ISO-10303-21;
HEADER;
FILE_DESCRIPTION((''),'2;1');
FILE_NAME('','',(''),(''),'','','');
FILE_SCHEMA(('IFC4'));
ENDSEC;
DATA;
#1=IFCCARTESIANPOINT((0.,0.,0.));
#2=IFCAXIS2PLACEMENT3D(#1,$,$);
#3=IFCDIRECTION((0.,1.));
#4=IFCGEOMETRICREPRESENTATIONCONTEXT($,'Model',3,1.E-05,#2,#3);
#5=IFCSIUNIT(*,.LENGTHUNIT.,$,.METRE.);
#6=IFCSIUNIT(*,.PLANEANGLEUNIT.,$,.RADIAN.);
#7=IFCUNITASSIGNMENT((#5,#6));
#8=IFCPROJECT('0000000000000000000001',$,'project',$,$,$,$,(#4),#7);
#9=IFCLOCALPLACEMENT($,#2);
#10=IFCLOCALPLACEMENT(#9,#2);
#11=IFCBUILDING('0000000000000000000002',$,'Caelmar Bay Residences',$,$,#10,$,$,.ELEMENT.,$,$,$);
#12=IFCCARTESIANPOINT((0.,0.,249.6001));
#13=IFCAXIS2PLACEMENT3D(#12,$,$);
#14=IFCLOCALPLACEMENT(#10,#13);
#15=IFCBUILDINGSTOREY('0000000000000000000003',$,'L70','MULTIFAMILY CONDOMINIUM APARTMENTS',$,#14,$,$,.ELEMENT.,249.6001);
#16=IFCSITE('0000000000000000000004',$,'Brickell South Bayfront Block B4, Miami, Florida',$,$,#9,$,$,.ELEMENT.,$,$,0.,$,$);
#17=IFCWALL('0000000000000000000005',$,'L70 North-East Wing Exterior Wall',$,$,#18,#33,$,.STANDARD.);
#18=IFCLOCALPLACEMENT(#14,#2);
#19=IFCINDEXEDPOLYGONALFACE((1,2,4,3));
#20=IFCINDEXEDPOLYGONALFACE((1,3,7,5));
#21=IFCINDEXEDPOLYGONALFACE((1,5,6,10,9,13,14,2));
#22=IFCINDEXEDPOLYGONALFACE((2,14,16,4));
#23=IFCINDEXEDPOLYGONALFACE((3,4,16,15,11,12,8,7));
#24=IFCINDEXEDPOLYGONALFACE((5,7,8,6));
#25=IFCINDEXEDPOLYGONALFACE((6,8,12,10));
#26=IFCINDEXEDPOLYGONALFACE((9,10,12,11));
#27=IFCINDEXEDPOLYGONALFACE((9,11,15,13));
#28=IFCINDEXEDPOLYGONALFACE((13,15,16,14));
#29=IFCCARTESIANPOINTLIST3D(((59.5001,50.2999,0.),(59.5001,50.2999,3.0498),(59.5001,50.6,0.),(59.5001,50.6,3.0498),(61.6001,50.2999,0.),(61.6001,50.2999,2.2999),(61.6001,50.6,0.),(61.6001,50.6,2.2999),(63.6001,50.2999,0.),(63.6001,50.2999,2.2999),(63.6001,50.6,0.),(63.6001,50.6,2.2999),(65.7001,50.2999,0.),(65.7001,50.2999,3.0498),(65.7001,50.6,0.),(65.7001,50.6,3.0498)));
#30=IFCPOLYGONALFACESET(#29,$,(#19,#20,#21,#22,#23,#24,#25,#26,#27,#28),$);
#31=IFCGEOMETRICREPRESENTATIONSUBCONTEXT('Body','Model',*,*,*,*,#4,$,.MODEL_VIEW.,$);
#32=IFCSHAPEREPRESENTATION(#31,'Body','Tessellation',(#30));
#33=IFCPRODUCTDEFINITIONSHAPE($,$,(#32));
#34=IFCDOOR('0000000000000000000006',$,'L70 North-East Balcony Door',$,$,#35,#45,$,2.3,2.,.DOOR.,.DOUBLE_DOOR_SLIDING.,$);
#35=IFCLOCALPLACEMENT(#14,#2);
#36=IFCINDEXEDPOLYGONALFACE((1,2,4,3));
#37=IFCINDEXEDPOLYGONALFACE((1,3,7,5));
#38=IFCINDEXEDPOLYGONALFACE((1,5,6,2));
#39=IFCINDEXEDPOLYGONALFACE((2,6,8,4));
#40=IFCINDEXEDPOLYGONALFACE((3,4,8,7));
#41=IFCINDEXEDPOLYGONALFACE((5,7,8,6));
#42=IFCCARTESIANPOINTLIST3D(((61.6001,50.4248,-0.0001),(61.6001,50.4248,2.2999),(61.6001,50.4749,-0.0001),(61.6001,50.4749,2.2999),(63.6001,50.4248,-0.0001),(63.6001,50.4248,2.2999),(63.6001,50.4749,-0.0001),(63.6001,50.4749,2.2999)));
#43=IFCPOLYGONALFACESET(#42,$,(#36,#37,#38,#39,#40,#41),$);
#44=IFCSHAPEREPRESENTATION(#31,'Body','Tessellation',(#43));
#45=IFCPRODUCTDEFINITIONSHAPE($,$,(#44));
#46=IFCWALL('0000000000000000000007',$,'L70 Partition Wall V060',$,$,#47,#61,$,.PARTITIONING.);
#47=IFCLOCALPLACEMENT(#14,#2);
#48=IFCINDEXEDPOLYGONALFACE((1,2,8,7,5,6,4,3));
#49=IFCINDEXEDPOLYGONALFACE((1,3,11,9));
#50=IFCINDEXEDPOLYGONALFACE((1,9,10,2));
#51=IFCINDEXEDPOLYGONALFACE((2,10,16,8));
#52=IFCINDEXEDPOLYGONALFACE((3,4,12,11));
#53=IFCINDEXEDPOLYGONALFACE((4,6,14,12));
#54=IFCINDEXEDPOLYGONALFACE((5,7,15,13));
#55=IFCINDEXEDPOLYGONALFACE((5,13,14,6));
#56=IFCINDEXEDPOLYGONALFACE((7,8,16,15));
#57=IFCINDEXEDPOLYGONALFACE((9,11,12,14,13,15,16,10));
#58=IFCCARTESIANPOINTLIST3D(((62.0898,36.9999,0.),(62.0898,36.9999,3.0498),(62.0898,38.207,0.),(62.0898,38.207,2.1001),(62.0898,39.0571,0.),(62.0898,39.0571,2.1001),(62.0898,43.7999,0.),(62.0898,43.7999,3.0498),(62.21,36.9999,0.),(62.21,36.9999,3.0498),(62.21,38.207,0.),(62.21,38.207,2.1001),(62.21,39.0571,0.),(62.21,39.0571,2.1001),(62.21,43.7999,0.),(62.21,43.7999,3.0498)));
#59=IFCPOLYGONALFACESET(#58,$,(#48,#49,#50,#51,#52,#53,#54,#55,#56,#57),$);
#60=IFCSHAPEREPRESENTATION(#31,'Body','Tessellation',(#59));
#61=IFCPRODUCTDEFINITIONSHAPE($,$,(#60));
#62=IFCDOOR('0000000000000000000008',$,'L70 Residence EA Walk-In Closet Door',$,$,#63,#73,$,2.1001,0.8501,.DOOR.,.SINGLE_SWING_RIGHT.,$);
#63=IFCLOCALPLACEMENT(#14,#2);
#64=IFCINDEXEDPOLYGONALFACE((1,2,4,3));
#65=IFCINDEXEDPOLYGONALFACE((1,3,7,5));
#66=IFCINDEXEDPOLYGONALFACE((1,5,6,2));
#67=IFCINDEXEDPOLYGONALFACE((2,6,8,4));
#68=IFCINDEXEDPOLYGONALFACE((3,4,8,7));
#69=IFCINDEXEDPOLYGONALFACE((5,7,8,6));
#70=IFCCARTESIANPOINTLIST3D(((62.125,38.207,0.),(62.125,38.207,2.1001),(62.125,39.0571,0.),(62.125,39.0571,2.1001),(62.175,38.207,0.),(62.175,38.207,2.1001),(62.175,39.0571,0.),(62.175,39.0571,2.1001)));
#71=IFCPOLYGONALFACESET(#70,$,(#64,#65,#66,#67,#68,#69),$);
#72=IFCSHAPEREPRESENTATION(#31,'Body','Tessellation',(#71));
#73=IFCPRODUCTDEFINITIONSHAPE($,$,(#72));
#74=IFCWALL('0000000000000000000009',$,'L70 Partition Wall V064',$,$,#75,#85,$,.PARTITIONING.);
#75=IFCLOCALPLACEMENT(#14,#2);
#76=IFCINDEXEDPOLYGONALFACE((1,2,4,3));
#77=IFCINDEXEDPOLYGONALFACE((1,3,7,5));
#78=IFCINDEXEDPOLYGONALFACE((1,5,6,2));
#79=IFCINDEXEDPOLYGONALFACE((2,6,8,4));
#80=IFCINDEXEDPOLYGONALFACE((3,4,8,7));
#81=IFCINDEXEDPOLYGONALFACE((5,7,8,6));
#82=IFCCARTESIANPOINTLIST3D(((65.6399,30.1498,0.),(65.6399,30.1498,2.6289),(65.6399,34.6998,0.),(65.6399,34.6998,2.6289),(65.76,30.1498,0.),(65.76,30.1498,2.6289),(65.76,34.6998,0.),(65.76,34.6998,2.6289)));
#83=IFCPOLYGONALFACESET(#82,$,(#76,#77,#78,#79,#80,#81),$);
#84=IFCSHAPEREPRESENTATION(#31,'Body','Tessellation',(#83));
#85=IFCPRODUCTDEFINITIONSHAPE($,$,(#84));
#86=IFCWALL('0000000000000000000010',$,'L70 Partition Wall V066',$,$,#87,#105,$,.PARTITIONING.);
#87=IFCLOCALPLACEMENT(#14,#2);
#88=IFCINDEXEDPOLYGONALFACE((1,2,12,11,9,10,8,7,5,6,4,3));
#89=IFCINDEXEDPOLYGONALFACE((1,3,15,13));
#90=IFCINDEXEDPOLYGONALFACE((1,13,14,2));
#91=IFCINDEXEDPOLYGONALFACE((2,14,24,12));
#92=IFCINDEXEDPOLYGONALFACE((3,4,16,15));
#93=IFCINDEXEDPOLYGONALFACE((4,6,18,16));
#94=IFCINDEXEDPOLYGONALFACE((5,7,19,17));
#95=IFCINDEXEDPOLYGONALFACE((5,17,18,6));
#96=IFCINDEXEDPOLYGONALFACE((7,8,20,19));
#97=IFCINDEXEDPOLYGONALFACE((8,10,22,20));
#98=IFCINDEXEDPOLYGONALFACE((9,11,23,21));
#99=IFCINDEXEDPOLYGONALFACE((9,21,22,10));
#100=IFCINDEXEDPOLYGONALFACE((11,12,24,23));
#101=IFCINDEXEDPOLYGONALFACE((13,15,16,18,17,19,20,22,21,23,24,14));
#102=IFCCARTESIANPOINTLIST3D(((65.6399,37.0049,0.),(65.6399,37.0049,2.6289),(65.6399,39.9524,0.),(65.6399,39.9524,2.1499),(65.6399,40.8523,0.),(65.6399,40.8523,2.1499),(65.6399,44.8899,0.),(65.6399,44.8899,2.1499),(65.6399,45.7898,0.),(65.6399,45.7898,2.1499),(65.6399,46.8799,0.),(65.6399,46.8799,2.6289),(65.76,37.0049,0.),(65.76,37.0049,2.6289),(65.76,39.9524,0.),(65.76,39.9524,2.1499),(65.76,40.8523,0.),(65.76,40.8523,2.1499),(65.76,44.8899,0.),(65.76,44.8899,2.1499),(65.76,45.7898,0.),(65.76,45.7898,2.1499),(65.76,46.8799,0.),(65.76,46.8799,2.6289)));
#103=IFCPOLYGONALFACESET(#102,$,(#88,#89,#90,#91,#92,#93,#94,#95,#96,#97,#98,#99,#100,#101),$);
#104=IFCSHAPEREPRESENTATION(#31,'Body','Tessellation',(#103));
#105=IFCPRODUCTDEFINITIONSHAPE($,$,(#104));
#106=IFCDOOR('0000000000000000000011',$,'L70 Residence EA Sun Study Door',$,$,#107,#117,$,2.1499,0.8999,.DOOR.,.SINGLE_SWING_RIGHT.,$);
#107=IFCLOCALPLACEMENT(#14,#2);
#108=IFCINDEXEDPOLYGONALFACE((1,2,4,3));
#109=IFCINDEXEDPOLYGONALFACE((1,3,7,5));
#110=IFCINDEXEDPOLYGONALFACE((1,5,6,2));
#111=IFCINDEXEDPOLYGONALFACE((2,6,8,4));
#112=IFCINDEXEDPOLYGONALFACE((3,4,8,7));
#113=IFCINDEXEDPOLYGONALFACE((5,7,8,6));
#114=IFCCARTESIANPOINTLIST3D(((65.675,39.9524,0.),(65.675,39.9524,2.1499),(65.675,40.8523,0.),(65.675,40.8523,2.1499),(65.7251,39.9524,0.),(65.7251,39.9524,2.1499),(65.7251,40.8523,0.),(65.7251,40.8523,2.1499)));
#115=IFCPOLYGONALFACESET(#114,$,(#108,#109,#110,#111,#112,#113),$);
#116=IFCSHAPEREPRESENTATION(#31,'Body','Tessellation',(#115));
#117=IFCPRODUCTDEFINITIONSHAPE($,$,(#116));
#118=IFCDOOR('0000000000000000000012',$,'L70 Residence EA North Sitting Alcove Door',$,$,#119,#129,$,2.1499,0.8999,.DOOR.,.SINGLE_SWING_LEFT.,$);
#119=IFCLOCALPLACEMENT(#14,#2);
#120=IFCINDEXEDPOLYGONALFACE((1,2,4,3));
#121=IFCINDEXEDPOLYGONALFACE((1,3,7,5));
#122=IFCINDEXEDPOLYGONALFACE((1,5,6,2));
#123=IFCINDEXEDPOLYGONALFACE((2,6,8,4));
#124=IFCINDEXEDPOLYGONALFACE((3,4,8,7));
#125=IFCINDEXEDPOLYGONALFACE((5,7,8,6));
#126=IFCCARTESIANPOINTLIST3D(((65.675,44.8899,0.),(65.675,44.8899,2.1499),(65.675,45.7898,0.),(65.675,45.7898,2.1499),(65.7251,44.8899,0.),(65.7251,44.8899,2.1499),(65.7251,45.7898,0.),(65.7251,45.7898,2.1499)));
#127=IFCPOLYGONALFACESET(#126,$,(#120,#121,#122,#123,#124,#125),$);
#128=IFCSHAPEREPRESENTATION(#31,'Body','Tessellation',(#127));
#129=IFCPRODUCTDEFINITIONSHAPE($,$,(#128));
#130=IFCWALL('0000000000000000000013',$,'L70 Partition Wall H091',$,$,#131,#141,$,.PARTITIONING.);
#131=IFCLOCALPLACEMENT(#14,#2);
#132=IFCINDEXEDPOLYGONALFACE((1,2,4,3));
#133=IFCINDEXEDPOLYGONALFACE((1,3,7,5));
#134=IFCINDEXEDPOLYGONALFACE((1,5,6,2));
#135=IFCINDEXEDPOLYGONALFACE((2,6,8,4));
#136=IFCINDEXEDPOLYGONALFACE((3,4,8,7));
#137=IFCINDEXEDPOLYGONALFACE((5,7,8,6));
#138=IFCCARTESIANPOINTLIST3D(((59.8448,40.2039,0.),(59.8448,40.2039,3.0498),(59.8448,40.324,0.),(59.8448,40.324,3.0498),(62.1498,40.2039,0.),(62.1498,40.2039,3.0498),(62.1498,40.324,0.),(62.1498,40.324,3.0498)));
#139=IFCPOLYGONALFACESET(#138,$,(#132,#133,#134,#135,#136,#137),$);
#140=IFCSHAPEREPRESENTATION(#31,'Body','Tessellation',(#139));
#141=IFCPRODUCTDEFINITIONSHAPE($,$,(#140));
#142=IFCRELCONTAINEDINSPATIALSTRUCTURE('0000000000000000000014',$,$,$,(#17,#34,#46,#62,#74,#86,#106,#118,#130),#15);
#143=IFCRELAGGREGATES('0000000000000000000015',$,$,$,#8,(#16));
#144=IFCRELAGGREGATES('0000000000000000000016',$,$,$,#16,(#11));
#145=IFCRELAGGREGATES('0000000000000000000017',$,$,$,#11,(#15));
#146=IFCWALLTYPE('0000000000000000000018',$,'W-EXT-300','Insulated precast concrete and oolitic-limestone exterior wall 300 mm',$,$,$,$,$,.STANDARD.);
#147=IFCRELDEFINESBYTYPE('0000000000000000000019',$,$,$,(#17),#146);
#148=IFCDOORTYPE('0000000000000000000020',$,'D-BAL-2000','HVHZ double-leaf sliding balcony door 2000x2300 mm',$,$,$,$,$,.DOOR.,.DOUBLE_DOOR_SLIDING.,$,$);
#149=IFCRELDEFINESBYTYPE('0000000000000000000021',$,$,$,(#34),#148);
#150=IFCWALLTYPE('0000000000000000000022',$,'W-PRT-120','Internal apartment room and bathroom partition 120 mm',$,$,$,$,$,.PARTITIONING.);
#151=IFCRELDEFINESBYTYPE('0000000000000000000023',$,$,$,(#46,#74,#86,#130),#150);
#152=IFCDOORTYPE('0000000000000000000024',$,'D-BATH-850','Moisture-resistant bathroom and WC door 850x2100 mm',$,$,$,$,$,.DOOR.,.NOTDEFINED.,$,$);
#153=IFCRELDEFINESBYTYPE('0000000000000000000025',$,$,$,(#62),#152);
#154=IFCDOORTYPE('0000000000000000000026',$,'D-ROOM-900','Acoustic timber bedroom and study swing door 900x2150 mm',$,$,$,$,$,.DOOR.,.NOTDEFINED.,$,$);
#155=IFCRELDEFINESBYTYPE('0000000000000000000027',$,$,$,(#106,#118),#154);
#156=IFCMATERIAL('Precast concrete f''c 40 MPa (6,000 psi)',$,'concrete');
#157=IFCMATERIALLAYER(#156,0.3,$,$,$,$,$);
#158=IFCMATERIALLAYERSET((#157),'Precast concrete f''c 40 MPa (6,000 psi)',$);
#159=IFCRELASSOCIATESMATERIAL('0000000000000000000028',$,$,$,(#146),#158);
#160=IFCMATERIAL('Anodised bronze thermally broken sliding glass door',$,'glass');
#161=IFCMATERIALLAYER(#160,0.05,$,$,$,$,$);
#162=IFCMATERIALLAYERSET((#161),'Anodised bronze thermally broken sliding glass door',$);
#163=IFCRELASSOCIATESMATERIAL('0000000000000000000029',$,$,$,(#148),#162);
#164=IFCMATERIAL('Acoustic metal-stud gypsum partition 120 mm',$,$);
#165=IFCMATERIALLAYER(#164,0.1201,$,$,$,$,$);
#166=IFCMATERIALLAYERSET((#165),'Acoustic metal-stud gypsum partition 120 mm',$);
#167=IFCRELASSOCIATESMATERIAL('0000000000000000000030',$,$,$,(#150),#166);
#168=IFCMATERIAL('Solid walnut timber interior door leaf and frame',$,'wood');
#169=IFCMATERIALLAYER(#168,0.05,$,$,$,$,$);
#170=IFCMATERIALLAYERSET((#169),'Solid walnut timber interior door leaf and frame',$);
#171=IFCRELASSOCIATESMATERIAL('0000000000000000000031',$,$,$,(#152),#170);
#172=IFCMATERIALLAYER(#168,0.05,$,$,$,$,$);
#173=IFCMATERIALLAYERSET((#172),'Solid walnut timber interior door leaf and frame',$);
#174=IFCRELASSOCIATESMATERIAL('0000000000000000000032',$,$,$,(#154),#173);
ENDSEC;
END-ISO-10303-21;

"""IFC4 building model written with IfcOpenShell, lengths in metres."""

from ifc_helpers import new_model, si_unit, direction, frame, frame_2d, origin, place, context, subcontext, project, spatial, rectangle, extrude, material, layer, layer_set, type_object, element, fill, save


model = new_model("IFC4")

# Units and contexts
model_context = context("Model", 3, precision=1e-05, world=origin(), true_north=direction((0.0, 1.0)))
body_context = subcontext(model_context, "Body", "Model", "MODEL_VIEW")
ifc_project = project(units=[si_unit("LENGTHUNIT", "METRE"), si_unit("PLANEANGLEUNIT", "RADIAN")], contexts=[model_context])

# Site, building, storey
site_placement = place(None, origin())
site = spatial("IfcSite", under=ifc_project, at=site_placement, Name="Brickell South Bayfront Block B4, Miami, Florida", CompositionType="ELEMENT", RefElevation=0.0)
building_placement = place(site_placement, origin())
building = spatial("IfcBuilding", under=site, at=building_placement, Name="Caelmar Bay Residences", CompositionType="ELEMENT")
storey_placement = place(building_placement, frame((0.0, 0.0, 249.6001)))
storey = spatial("IfcBuildingStorey", under=building, at=storey_placement, Name="L70", Description="MULTIFAMILY CONDOMINIUM APARTMENTS", CompositionType="ELEMENT", Elevation=249.6001)

# Shared definitions
ifc_material_1 = material(Name="Precast concrete f'c 40 MPa (6,000 psi)", Category="concrete")
ifc_layer_1 = layer(ifc_material_1, 0.3)
ifc_layer_set_1 = layer_set([ifc_layer_1], Name="Precast concrete f'c 40 MPa (6,000 psi)")
wall_type_1 = type_object("IfcWallType", Name="W-EXT-300", Description="Insulated precast concrete and oolitic-limestone exterior wall 300 mm", PredefinedType="STANDARD", material=ifc_layer_set_1)

# Walls, openings, doors
wall_1_placement = place(storey_placement, frame((59.5, 50.45, 0.0), z_axis=(0.0, 0.0, 1.0), x_axis=(1.0, 0.0, 0.0)))
wall_1 = element("IfcWall", 1, at=wall_1_placement, inside=storey, type_object=wall_type_1, Name="L70 North-East Wing Exterior Wall", PredefinedType="STANDARD", context=body_context, shape_type="SweptSolid", body=[
    extrude(rectangle(XDim=6.2, YDim=0.3, at=frame_2d((3.1001, 0.0))), origin(), (0.0, 0.0, 1.0), 3.0498),
])
opening_1_placement = place(wall_1_placement, frame((2.1001, 0.0, 0.0)))
opening_1 = element("IfcOpeningElement", 2, at=opening_1_placement, cuts=wall_1, PredefinedType="OPENING", context=body_context, shape_type="SweptSolid", body=[
    extrude(rectangle(XDim=2.0, YDim=2.3, at=frame_2d((1.0, 1.1499))), frame((0.0, 0.1599, 0.0), z_axis=(0.0, -1.0, 0.0), x_axis=(1.0, 0.0, 0.0)), (0.0, 0.0, 1.0), 0.3201),
])
ifc_material_2 = material(Name="Anodised bronze thermally broken sliding glass door", Category="glass")
ifc_layer_2 = layer(ifc_material_2, 0.05)
ifc_layer_set_2 = layer_set([ifc_layer_2], Name="Anodised bronze thermally broken sliding glass door")
door_type_1 = type_object("IfcDoorType", Name="D-BAL-2000", Description="HVHZ double-leaf sliding balcony door 2000x2300 mm", OperationType="DOUBLE_DOOR_SLIDING", PredefinedType="DOOR", material=ifc_layer_set_2)
door_1_placement = place(opening_1_placement, origin())
door_1 = element("IfcDoor", 3, at=door_1_placement, inside=storey, type_object=door_type_1, Name="L70 North-East Balcony Door", OperationType="DOUBLE_DOOR_SLIDING", OverallHeight=2.3, OverallWidth=2.0, PredefinedType="DOOR", context=body_context, shape_type="SweptSolid", body=[
    extrude(rectangle(XDim=2.0, YDim=2.3, at=frame_2d((1.0, 1.1499))), frame((0.0, 0.0249, 0.0), z_axis=(0.0, -1.0, 0.0), x_axis=(1.0, 0.0, 0.0)), (0.0, 0.0, 1.0), 0.05),
])
fill(opening_1, door_1)
ifc_material_3 = material(Name="Acoustic metal-stud gypsum partition 120 mm")
ifc_layer_3 = layer(ifc_material_3, 0.1201)
ifc_layer_set_3 = layer_set([ifc_layer_3], Name="Acoustic metal-stud gypsum partition 120 mm")
wall_type_2 = type_object("IfcWallType", Name="W-PRT-120", Description="Internal apartment room and bathroom partition 120 mm", PredefinedType="PARTITIONING", material=ifc_layer_set_3)
wall_2_placement = place(storey_placement, frame((62.1499, 37.0, 0.0), z_axis=(0.0, 0.0, 1.0), x_axis=(0.0, 1.0, 0.0)))
wall_2 = element("IfcWall", 4, at=wall_2_placement, inside=storey, type_object=wall_type_2, Name="L70 Partition Wall V060", PredefinedType="PARTITIONING", context=body_context, shape_type="SweptSolid", body=[
    extrude(rectangle(XDim=6.8, YDim=0.1201, at=frame_2d((3.3999, 0.0))), origin(), (0.0, 0.0, 1.0), 3.0498),
])
opening_2_placement = place(wall_2_placement, frame((1.207, 0.0, 0.0)))
opening_2 = element("IfcOpeningElement", 5, at=opening_2_placement, cuts=wall_2, PredefinedType="OPENING", context=body_context, shape_type="SweptSolid", body=[
    extrude(rectangle(XDim=0.8501, YDim=2.1001, at=frame_2d((0.425, 1.05))), frame((0.0, 0.0701, 0.0), z_axis=(0.0, -1.0, 0.0), x_axis=(1.0, 0.0, 0.0)), (0.0, 0.0, 1.0), 0.1401),
])
ifc_material_4 = material(Name="Solid walnut timber interior door leaf and frame", Category="wood")
ifc_layer_4 = layer(ifc_material_4, 0.05)
ifc_layer_set_4 = layer_set([ifc_layer_4], Name="Solid walnut timber interior door leaf and frame")
door_type_2 = type_object("IfcDoorType", Name="D-BATH-850", Description="Moisture-resistant bathroom and WC door 850x2100 mm", OperationType="NOTDEFINED", PredefinedType="DOOR", material=ifc_layer_set_4)
door_2_placement = place(opening_2_placement, origin())
door_2 = element("IfcDoor", 6, at=door_2_placement, inside=storey, type_object=door_type_2, Name="L70 Residence EA Walk-In Closet Door", OperationType="SINGLE_SWING_RIGHT", OverallHeight=2.1001, OverallWidth=0.8501, PredefinedType="DOOR", context=body_context, shape_type="SweptSolid", body=[
    extrude(rectangle(XDim=0.8501, YDim=2.1001, at=frame_2d((0.425, 1.05))), frame((0.0, 0.0249, 0.0), z_axis=(0.0, -1.0, 0.0), x_axis=(1.0, 0.0, 0.0)), (0.0, 0.0, 1.0), 0.05),
])
fill(opening_2, door_2)

# Wall
wall_3_placement = place(storey_placement, frame((65.7, 30.1499, 0.0), z_axis=(0.0, 0.0, 1.0), x_axis=(0.0, 1.0, 0.0)))
element("IfcWall", 7, at=wall_3_placement, inside=storey, type_object=wall_type_2, Name="L70 Partition Wall V064", PredefinedType="PARTITIONING", context=body_context, shape_type="SweptSolid", body=[
    extrude(rectangle(XDim=4.55, YDim=0.1201, at=frame_2d((2.2749, 0.0))), origin(), (0.0, 0.0, 1.0), 2.6289),
])

# Wall, openings, doors
wall_4_placement = place(storey_placement, frame((65.7, 37.0049, 0.0), z_axis=(0.0, 0.0, 1.0), x_axis=(0.0, 1.0, 0.0)))
wall_4 = element("IfcWall", 8, at=wall_4_placement, inside=storey, type_object=wall_type_2, Name="L70 Partition Wall V066", PredefinedType="PARTITIONING", context=body_context, shape_type="SweptSolid", body=[
    extrude(rectangle(XDim=9.875, YDim=0.1201, at=frame_2d((4.9375, 0.0))), origin(), (0.0, 0.0, 1.0), 2.6289),
])
opening_3_placement = place(wall_4_placement, frame((2.9475, 0.0, 0.0)))
opening_3 = element("IfcOpeningElement", 9, at=opening_3_placement, cuts=wall_4, PredefinedType="OPENING", context=body_context, shape_type="SweptSolid", body=[
    extrude(rectangle(XDim=0.8999, YDim=2.1499, at=frame_2d((0.45, 1.075))), frame((0.0, 0.0701, 0.0), z_axis=(0.0, -1.0, 0.0), x_axis=(1.0, 0.0, 0.0)), (0.0, 0.0, 1.0), 0.1401),
])
opening_4_placement = place(wall_4_placement, frame((7.885, 0.0, 0.0)))
opening_4 = element("IfcOpeningElement", 10, at=opening_4_placement, cuts=wall_4, PredefinedType="OPENING", context=body_context, shape_type="SweptSolid", body=[
    extrude(rectangle(XDim=0.8999, YDim=2.1499, at=frame_2d((0.45, 1.075))), frame((0.0, 0.0701, 0.0), z_axis=(0.0, -1.0, 0.0), x_axis=(1.0, 0.0, 0.0)), (0.0, 0.0, 1.0), 0.1401),
])
ifc_layer_5 = layer(ifc_material_4, 0.05)
ifc_layer_set_5 = layer_set([ifc_layer_5], Name="Solid walnut timber interior door leaf and frame")
door_type_3 = type_object("IfcDoorType", Name="D-ROOM-900", Description="Acoustic timber bedroom and study swing door 900x2150 mm", OperationType="NOTDEFINED", PredefinedType="DOOR", material=ifc_layer_set_5)
door_3_placement = place(opening_3_placement, origin())
door_3 = element("IfcDoor", 11, at=door_3_placement, inside=storey, type_object=door_type_3, Name="L70 Residence EA Sun Study Door", OperationType="SINGLE_SWING_RIGHT", OverallHeight=2.1499, OverallWidth=0.8999, PredefinedType="DOOR", context=body_context, shape_type="SweptSolid", body=[
    extrude(rectangle(XDim=0.8999, YDim=2.1499, at=frame_2d((0.45, 1.075))), frame((0.0, 0.0249, 0.0), z_axis=(0.0, -1.0, 0.0), x_axis=(1.0, 0.0, 0.0)), (0.0, 0.0, 1.0), 0.05),
])
fill(opening_3, door_3)
door_4_placement = place(opening_4_placement, origin())
door_4 = element("IfcDoor", 12, at=door_4_placement, inside=storey, type_object=door_type_3, Name="L70 Residence EA North Sitting Alcove Door", OperationType="SINGLE_SWING_LEFT", OverallHeight=2.1499, OverallWidth=0.8999, PredefinedType="DOOR", context=body_context, shape_type="SweptSolid", body=[
    extrude(rectangle(XDim=0.8999, YDim=2.1499, at=frame_2d((0.45, 1.075))), frame((0.0, 0.0249, 0.0), z_axis=(0.0, -1.0, 0.0), x_axis=(1.0, 0.0, 0.0)), (0.0, 0.0, 1.0), 0.05),
])
fill(opening_4, door_4)

# Wall
wall_5_placement = place(storey_placement, frame((59.845, 40.2639, 0.0), z_axis=(0.0, 0.0, 1.0), x_axis=(1.0, 0.0, 0.0)))
element("IfcWall", 13, at=wall_5_placement, inside=storey, type_object=wall_type_2, Name="L70 Partition Wall H091", PredefinedType="PARTITIONING", context=body_context, shape_type="SweptSolid", body=[
    extrude(rectangle(XDim=2.3049, YDim=0.1201, at=frame_2d((1.1523, 0.0))), origin(), (0.0, 0.0, 1.0), 3.0498),
])

save(model, "model.ifc")
